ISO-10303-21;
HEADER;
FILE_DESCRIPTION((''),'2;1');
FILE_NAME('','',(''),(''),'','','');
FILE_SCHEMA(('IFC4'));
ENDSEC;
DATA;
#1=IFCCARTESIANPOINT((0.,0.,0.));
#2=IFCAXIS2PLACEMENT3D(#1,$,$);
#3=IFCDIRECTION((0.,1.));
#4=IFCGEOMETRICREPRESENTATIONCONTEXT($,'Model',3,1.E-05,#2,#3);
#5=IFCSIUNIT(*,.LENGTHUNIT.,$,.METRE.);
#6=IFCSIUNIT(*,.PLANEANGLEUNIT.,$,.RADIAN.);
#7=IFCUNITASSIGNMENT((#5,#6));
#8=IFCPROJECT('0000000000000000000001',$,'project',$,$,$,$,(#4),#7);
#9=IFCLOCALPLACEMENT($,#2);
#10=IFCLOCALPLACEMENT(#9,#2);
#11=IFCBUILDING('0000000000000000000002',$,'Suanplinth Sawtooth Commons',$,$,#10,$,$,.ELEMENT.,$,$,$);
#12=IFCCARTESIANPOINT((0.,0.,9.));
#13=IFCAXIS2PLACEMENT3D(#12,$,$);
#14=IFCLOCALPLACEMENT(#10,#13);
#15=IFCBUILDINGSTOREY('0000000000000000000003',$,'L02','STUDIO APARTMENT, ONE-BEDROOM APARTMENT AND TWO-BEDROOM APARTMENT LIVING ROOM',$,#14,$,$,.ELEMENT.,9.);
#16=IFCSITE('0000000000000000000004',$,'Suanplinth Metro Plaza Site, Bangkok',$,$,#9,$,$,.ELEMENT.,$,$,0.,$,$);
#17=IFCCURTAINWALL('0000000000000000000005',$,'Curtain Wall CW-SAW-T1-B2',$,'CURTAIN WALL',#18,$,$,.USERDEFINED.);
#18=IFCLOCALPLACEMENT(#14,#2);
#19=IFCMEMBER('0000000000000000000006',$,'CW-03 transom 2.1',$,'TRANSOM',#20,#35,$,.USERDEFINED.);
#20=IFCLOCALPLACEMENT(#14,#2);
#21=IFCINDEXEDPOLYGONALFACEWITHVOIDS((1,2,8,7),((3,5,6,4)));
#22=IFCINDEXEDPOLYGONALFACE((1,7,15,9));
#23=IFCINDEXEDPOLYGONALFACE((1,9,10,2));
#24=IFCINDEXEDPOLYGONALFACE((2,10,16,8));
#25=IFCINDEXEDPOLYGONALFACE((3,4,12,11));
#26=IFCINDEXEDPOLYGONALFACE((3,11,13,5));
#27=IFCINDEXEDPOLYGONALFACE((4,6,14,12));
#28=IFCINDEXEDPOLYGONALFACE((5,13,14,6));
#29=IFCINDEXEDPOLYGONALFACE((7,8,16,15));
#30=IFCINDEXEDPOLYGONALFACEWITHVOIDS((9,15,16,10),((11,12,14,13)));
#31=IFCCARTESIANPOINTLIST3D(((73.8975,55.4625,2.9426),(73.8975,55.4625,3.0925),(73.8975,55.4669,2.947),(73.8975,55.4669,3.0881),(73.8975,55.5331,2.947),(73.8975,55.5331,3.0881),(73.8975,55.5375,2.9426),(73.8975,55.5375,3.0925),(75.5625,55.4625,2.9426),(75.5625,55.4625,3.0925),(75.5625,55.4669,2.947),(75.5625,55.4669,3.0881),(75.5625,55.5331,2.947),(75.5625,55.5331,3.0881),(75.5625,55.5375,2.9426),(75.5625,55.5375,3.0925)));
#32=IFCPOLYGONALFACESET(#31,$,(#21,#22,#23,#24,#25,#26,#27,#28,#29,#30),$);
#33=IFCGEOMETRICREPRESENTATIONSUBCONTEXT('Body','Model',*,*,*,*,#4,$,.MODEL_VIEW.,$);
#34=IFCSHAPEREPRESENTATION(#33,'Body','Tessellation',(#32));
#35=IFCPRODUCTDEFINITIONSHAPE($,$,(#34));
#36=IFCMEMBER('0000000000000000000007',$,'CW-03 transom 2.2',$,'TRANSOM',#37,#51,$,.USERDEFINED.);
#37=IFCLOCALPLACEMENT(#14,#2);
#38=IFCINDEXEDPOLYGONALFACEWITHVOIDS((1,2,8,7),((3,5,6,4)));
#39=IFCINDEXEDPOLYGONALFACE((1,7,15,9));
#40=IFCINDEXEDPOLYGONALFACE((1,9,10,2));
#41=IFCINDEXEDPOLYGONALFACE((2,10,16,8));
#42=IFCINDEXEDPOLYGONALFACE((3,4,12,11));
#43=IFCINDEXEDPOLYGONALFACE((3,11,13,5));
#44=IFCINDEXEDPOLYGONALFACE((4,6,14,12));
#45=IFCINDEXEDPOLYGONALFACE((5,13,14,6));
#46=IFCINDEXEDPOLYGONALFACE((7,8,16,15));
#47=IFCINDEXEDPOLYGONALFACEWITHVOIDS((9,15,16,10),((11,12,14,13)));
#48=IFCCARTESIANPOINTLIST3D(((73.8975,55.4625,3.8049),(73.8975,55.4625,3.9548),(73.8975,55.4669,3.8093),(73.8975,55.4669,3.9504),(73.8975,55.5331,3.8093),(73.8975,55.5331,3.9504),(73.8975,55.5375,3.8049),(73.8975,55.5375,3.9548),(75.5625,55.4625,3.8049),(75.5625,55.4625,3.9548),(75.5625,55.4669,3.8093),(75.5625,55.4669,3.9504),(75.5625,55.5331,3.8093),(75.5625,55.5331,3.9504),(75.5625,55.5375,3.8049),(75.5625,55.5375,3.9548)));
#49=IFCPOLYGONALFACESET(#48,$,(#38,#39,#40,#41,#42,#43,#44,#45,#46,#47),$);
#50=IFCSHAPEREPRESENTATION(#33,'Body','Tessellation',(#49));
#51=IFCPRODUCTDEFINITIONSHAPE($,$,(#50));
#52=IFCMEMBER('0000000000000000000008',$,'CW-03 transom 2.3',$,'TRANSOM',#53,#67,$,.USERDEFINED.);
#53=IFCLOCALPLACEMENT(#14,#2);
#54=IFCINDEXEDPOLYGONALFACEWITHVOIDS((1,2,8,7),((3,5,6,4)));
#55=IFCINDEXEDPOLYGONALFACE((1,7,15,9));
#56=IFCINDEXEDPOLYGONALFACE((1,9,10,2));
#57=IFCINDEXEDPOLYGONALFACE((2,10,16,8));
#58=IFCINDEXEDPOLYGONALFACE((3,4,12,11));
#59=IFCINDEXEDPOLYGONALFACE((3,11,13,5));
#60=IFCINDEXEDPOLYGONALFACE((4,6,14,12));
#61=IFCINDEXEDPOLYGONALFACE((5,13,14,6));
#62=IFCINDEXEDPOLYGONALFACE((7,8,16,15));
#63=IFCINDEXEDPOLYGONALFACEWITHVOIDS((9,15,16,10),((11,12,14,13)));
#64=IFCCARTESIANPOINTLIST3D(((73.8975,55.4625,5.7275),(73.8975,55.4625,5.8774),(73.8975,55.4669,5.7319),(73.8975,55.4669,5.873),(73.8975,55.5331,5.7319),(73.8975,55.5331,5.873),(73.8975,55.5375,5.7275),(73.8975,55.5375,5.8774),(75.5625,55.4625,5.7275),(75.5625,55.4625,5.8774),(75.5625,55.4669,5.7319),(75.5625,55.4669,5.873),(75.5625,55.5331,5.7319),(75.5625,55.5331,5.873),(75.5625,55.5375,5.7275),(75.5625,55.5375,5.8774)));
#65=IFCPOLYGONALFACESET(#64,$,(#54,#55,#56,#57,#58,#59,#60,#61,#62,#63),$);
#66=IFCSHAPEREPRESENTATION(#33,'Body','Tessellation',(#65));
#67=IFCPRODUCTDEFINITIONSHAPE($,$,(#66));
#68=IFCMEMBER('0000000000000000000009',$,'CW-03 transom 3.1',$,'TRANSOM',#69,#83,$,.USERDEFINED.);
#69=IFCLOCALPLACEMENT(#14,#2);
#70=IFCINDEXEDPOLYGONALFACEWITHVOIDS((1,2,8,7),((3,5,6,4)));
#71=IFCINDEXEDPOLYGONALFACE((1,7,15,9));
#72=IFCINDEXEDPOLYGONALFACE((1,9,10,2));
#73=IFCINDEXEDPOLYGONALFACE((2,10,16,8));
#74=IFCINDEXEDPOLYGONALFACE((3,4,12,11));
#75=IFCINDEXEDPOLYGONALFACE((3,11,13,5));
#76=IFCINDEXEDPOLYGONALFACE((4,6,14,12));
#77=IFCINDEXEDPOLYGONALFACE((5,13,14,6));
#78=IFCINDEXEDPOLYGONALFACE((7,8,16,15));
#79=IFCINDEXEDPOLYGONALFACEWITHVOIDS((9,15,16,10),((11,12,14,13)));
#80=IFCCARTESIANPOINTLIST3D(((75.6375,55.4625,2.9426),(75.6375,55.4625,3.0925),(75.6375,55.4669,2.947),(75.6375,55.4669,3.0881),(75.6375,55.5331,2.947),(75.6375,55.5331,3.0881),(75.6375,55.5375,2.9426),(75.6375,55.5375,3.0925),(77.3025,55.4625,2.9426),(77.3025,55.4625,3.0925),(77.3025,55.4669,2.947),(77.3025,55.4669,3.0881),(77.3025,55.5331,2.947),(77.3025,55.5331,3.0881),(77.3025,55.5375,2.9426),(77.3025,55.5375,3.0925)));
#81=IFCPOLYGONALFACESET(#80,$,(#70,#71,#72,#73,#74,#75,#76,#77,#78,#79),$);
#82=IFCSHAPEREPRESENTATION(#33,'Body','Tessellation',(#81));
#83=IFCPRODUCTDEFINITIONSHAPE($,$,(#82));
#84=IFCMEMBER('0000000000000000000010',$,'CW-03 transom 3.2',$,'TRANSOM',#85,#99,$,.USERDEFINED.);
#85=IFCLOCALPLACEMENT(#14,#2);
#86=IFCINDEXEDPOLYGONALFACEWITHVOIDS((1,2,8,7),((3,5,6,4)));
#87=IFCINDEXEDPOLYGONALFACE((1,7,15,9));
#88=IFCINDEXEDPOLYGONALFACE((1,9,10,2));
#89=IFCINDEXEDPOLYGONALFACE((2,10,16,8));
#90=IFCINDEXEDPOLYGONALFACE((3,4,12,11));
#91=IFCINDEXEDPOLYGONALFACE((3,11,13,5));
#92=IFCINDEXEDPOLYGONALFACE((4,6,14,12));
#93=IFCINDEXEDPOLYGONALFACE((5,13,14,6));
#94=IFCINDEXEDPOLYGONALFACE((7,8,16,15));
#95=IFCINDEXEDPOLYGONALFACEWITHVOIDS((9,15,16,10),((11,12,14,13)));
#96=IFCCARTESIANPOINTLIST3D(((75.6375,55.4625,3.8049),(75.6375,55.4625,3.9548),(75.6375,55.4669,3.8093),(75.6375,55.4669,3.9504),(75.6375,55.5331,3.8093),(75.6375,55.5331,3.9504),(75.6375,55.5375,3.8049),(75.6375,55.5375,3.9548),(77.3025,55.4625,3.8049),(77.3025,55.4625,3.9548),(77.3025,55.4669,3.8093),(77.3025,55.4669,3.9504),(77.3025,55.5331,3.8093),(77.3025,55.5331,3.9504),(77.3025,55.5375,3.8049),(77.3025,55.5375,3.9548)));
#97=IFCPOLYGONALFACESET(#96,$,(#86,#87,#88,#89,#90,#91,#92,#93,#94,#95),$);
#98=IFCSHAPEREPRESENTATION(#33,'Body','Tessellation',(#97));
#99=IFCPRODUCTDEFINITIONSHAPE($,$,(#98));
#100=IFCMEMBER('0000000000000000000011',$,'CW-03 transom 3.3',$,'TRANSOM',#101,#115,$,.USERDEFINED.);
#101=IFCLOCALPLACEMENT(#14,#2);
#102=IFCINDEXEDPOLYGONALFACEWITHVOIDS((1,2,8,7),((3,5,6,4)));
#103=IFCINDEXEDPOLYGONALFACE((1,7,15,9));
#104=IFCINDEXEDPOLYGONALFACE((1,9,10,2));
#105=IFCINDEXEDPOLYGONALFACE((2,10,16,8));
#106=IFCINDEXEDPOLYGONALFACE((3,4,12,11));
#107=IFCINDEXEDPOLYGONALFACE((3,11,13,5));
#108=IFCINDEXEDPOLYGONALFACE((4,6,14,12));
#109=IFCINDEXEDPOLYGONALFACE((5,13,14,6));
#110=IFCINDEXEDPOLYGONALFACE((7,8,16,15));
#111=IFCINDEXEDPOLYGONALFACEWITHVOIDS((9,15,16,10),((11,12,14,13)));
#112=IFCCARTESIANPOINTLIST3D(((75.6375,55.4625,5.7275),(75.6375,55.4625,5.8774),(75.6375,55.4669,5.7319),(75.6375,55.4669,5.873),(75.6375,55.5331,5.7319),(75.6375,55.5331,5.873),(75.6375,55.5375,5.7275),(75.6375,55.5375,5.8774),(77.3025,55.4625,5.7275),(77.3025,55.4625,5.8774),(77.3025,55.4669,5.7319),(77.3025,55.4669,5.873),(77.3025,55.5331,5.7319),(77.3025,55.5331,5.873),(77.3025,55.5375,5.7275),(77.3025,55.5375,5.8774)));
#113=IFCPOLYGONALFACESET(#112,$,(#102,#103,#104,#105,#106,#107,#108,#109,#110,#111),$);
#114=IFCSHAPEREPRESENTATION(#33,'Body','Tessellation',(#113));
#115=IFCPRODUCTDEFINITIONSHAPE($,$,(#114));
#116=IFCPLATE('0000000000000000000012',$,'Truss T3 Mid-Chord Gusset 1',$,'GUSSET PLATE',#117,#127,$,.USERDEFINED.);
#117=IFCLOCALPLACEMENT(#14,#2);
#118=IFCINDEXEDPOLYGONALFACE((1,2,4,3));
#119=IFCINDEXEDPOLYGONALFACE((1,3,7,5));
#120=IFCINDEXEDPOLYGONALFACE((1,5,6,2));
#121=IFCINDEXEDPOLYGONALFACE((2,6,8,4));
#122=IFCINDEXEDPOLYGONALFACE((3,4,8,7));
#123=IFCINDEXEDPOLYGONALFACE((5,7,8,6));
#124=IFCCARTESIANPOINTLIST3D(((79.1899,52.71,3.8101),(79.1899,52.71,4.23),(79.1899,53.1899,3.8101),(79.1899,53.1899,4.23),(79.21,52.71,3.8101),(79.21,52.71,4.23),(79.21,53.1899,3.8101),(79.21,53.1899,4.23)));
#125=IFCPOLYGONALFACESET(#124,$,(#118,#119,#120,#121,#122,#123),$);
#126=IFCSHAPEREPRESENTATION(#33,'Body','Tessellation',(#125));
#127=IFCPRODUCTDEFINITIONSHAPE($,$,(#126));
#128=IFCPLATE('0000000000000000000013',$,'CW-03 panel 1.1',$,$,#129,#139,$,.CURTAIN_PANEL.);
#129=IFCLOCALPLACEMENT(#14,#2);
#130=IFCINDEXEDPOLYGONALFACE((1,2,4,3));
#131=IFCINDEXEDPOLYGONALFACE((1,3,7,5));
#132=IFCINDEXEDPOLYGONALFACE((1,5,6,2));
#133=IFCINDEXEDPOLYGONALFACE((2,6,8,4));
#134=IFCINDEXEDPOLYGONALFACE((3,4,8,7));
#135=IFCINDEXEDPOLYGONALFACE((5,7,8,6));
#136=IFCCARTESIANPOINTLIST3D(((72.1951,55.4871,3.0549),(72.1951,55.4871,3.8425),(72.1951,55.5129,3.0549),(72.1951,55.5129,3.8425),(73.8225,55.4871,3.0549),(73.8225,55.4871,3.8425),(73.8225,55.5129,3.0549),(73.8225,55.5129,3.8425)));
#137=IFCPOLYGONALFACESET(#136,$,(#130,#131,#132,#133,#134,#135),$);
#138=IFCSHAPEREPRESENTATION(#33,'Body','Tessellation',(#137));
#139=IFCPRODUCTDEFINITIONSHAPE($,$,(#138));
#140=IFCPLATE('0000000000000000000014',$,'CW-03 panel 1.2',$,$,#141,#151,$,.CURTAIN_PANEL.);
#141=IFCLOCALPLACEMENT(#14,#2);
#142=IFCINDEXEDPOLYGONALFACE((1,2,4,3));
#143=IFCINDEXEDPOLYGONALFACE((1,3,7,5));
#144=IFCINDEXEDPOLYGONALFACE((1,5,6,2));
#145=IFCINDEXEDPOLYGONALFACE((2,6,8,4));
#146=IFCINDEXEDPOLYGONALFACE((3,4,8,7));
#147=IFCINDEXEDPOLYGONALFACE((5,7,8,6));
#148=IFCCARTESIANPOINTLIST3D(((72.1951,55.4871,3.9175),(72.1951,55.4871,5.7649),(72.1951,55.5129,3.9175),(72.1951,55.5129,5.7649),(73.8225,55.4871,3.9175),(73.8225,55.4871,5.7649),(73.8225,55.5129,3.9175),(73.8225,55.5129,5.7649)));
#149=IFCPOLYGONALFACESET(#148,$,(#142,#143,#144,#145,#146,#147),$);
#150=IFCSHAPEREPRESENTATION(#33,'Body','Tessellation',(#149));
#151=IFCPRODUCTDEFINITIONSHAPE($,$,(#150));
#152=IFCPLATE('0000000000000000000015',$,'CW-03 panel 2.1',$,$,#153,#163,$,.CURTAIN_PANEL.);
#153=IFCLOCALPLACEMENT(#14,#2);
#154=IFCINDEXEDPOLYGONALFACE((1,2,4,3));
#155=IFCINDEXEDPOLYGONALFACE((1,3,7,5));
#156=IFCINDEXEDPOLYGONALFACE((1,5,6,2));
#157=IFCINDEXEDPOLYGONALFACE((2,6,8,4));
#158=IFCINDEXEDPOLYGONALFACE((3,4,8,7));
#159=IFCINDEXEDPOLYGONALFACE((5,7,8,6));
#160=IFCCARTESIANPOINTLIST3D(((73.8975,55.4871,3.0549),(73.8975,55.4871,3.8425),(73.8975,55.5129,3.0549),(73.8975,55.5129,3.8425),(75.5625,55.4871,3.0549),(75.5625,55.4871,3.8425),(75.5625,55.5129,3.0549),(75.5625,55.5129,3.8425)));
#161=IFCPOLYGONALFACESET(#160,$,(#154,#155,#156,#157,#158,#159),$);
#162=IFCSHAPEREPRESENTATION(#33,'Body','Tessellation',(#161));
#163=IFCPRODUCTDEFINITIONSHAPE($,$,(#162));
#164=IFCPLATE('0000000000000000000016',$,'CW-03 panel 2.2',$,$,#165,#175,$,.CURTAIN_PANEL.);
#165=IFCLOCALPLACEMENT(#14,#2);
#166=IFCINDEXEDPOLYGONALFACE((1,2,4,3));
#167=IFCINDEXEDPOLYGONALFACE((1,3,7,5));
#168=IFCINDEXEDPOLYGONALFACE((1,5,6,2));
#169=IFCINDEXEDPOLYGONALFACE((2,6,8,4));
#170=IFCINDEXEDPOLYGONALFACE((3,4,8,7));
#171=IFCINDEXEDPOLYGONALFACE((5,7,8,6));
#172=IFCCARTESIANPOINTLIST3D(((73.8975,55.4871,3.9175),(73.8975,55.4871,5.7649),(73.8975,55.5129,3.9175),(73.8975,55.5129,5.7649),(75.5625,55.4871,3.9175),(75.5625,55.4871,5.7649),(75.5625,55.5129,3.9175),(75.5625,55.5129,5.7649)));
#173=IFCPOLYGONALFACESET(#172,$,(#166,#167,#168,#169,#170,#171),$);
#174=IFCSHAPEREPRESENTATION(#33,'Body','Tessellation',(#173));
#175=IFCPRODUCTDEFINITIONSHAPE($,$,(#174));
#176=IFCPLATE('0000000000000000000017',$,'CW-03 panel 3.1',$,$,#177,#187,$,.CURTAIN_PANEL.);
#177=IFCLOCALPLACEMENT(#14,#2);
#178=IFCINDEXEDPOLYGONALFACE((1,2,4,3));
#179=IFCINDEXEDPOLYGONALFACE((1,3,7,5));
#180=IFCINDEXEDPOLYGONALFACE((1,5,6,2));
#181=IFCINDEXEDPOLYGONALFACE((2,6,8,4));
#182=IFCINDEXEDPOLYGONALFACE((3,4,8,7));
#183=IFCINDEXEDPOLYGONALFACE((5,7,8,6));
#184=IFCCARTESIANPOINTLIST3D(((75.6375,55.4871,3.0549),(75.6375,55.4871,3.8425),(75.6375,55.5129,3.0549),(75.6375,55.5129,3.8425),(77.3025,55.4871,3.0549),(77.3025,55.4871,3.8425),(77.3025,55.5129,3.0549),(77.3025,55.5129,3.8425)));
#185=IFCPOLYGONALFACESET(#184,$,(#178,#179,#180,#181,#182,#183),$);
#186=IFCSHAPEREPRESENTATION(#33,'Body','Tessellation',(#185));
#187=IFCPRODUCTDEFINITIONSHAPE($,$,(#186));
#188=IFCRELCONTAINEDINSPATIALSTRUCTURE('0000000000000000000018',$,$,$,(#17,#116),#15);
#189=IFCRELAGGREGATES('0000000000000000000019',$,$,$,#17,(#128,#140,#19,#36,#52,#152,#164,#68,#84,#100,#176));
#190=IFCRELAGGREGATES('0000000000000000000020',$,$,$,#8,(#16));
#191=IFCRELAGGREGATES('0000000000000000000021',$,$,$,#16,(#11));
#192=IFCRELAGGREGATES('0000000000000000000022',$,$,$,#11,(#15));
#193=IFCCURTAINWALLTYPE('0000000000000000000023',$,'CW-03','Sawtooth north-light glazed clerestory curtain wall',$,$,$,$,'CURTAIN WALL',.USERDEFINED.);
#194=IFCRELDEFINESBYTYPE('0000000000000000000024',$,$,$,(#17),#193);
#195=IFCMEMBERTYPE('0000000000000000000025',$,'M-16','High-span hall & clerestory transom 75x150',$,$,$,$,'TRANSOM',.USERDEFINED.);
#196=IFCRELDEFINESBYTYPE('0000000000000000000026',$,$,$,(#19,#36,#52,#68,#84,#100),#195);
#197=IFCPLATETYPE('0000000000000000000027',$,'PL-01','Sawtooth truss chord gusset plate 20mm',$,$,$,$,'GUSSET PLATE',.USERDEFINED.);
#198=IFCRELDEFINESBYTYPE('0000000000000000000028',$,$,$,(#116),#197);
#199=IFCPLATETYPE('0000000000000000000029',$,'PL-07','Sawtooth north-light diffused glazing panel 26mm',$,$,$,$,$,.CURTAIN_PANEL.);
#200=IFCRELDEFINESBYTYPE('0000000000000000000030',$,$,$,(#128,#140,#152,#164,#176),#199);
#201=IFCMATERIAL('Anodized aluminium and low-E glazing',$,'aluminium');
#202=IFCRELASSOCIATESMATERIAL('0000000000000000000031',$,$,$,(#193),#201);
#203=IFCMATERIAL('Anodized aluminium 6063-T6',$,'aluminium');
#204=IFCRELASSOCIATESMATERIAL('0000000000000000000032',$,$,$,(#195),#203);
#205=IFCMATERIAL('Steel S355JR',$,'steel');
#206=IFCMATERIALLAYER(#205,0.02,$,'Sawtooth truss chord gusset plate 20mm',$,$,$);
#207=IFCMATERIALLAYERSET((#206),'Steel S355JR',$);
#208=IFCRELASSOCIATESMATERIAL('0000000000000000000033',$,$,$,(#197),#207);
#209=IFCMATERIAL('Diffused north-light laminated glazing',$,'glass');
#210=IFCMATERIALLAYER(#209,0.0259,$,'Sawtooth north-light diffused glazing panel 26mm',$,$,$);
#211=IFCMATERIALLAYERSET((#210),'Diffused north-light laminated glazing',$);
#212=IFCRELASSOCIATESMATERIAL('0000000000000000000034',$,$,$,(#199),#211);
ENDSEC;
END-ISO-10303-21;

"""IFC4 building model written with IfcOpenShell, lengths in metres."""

from ifc_helpers import new_model, si_unit, direction, frame, origin, origin_2d, place, context, subcontext, project, spatial, rectangle, hollow_rectangle, extrude, material, layer, layer_set, material_profile, profile_set, type_object, element, aggregate, save


model = new_model("IFC4")

# Units and contexts
model_context = context("Model", 3, precision=1e-05, world=origin(), true_north=direction((0.0, 1.0)))
body_context = subcontext(model_context, "Body", "Model", "MODEL_VIEW")
ifc_project = project(units=[si_unit("LENGTHUNIT", "METRE"), si_unit("PLANEANGLEUNIT", "RADIAN")], contexts=[model_context])

# Site, building, storey
site_placement = place(None, origin())
site = spatial("IfcSite", under=ifc_project, at=site_placement, Name="Suanplinth Metro Plaza Site, Bangkok", CompositionType="ELEMENT", RefElevation=0.0)
building_placement = place(site_placement, origin())
building = spatial("IfcBuilding", under=site, at=building_placement, Name="Suanplinth Sawtooth Commons", CompositionType="ELEMENT")
storey_placement = place(building_placement, frame((0.0, 0.0, 9.0)))
storey = spatial("IfcBuildingStorey", under=building, at=storey_placement, Name="L02", Description="STUDIO APARTMENT, ONE-BEDROOM APARTMENT AND TWO-BEDROOM APARTMENT LIVING ROOM", CompositionType="ELEMENT", Elevation=9.0)

# Shared definitions
ifc_material_1 = material(Name="Steel S355JR", Category="steel")

# Curtain wall, members
ifc_material_2 = material(Name="Anodized aluminium and low-E glazing", Category="aluminium")
curtain_wall_type = type_object("IfcCurtainWallType", Name="CW-03", Description="Sawtooth north-light glazed clerestory curtain wall", ElementType="CURTAIN WALL", PredefinedType="USERDEFINED", material=ifc_material_2)
curtain_wall_placement = place(storey_placement, origin())
curtain_wall = element("IfcCurtainWall", 1, at=curtain_wall_placement, inside=storey, type_object=curtain_wall_type, Name="Curtain Wall CW-SAW-T1-B2", ObjectType="CURTAIN WALL", PredefinedType="USERDEFINED")
ifc_material_3 = material(Name="Anodized aluminium 6063-T6", Category="aluminium")
ifc_material_profile_1 = material_profile(ifc_material_3, hollow_rectangle(XDim=0.075, YDim=0.1499, WallThickness=0.0044, at=origin_2d()), Name="ALU-TRN 75x150")
ifc_profile_set_1 = profile_set([ifc_material_profile_1], Name="Anodized aluminium 6063-T6")
member_type_1 = type_object("IfcMemberType", Name="M-16", Description="High-span hall & clerestory transom 75x150", ElementType="TRANSOM", PredefinedType="USERDEFINED", material=ifc_profile_set_1)
member_1_placement = place(storey_placement, frame((73.8975, 55.5, 3.0176), z_axis=(1.0, 0.0, 0.0), x_axis=(0.0, 1.0, 0.0)))
member_1 = element("IfcMember", 2, at=member_1_placement, type_object=member_type_1, Name="CW-03 transom 2.1", ObjectType="TRANSOM", PredefinedType="USERDEFINED", context=body_context, shape_type="SweptSolid", body=[
    extrude(hollow_rectangle(XDim=0.075, YDim=0.1499, WallThickness=0.0044, at=origin_2d()), origin(), (0.0, 0.0, 1.0), 1.665),
])
member_2_placement = place(storey_placement, frame((73.8975, 55.5, 3.8799), z_axis=(1.0, 0.0, 0.0), x_axis=(0.0, 1.0, 0.0)))
member_2 = element("IfcMember", 3, at=member_2_placement, type_object=member_type_1, Name="CW-03 transom 2.2", ObjectType="TRANSOM", PredefinedType="USERDEFINED", context=body_context, shape_type="SweptSolid", body=[
    extrude(hollow_rectangle(XDim=0.075, YDim=0.1499, WallThickness=0.0044, at=origin_2d()), origin(), (0.0, 0.0, 1.0), 1.665),
])
member_3_placement = place(storey_placement, frame((73.8975, 55.5, 5.8025), z_axis=(1.0, 0.0, 0.0), x_axis=(0.0, 1.0, 0.0)))
member_3 = element("IfcMember", 4, at=member_3_placement, type_object=member_type_1, Name="CW-03 transom 2.3", ObjectType="TRANSOM", PredefinedType="USERDEFINED", context=body_context, shape_type="SweptSolid", body=[
    extrude(hollow_rectangle(XDim=0.075, YDim=0.1499, WallThickness=0.0044, at=origin_2d()), origin(), (0.0, 0.0, 1.0), 1.665),
])
member_4_placement = place(storey_placement, frame((75.6375, 55.5, 3.0176), z_axis=(1.0, 0.0, 0.0), x_axis=(0.0, 1.0, 0.0)))
member_4 = element("IfcMember", 5, at=member_4_placement, type_object=member_type_1, Name="CW-03 transom 3.1", ObjectType="TRANSOM", PredefinedType="USERDEFINED", context=body_context, shape_type="SweptSolid", body=[
    extrude(hollow_rectangle(XDim=0.075, YDim=0.1499, WallThickness=0.0044, at=origin_2d()), origin(), (0.0, 0.0, 1.0), 1.665),
])
member_5_placement = place(storey_placement, frame((75.6375, 55.5, 3.8799), z_axis=(1.0, 0.0, 0.0), x_axis=(0.0, 1.0, 0.0)))
member_5 = element("IfcMember", 6, at=member_5_placement, type_object=member_type_1, Name="CW-03 transom 3.2", ObjectType="TRANSOM", PredefinedType="USERDEFINED", context=body_context, shape_type="SweptSolid", body=[
    extrude(hollow_rectangle(XDim=0.075, YDim=0.1499, WallThickness=0.0044, at=origin_2d()), origin(), (0.0, 0.0, 1.0), 1.665),
])
member_6_placement = place(storey_placement, frame((75.6375, 55.5, 5.8025), z_axis=(1.0, 0.0, 0.0), x_axis=(0.0, 1.0, 0.0)))
member_6 = element("IfcMember", 7, at=member_6_placement, type_object=member_type_1, Name="CW-03 transom 3.3", ObjectType="TRANSOM", PredefinedType="USERDEFINED", context=body_context, shape_type="SweptSolid", body=[
    extrude(hollow_rectangle(XDim=0.075, YDim=0.1499, WallThickness=0.0044, at=origin_2d()), origin(), (0.0, 0.0, 1.0), 1.665),
])

# Plates
ifc_layer_1 = layer(ifc_material_1, 0.02, Name="Sawtooth truss chord gusset plate 20mm")
ifc_layer_set_1 = layer_set([ifc_layer_1], Name="Steel S355JR")
plate_type_1 = type_object("IfcPlateType", Name="PL-01", Description="Sawtooth truss chord gusset plate 20mm", ElementType="GUSSET PLATE", PredefinedType="USERDEFINED", material=ifc_layer_set_1)
plate_1_placement = place(storey_placement, frame((79.2, 52.95, 3.8101), z_axis=(0.0, 0.0, 1.0), x_axis=(1.0, 0.0, 0.0)))
element("IfcPlate", 8, at=plate_1_placement, inside=storey, type_object=plate_type_1, Name="Truss T3 Mid-Chord Gusset 1", ObjectType="GUSSET PLATE", PredefinedType="USERDEFINED", context=body_context, shape_type="SweptSolid", body=[
    extrude(rectangle(XDim=0.02, YDim=0.48, at=origin_2d()), origin(), (0.0, 0.0, 1.0), 0.4199),
])
ifc_material_4 = material(Name="Diffused north-light laminated glazing", Category="glass")
ifc_layer_2 = layer(ifc_material_4, 0.0259, Name="Sawtooth north-light diffused glazing panel 26mm")
ifc_layer_set_2 = layer_set([ifc_layer_2], Name="Diffused north-light laminated glazing")
plate_type_2 = type_object("IfcPlateType", Name="PL-07", Description="Sawtooth north-light diffused glazing panel 26mm", PredefinedType="CURTAIN_PANEL", material=ifc_layer_set_2)
plate_2_placement = place(storey_placement, frame((73.0088, 55.5, 3.0549), z_axis=(0.0, 0.0, 1.0), x_axis=(1.0, 0.0, 0.0)))
plate_2 = element("IfcPlate", 9, at=plate_2_placement, type_object=plate_type_2, Name="CW-03 panel 1.1", PredefinedType="CURTAIN_PANEL", context=body_context, shape_type="SweptSolid", body=[
    extrude(rectangle(XDim=1.6274, YDim=0.0259, at=origin_2d()), origin(), (0.0, 0.0, 1.0), 0.7876),
])
plate_3_placement = place(storey_placement, frame((73.0088, 55.5, 3.9175), z_axis=(0.0, 0.0, 1.0), x_axis=(1.0, 0.0, 0.0)))
plate_3 = element("IfcPlate", 10, at=plate_3_placement, type_object=plate_type_2, Name="CW-03 panel 1.2", PredefinedType="CURTAIN_PANEL", context=body_context, shape_type="SweptSolid", body=[
    extrude(rectangle(XDim=1.6274, YDim=0.0259, at=origin_2d()), origin(), (0.0, 0.0, 1.0), 1.8474),
])
plate_4_placement = place(storey_placement, frame((74.73, 55.5, 3.0549), z_axis=(0.0, 0.0, 1.0), x_axis=(1.0, 0.0, 0.0)))
plate_4 = element("IfcPlate", 11, at=plate_4_placement, type_object=plate_type_2, Name="CW-03 panel 2.1", PredefinedType="CURTAIN_PANEL", context=body_context, shape_type="SweptSolid", body=[
    extrude(rectangle(XDim=1.665, YDim=0.0259, at=origin_2d()), origin(), (0.0, 0.0, 1.0), 0.7876),
])
plate_5_placement = place(storey_placement, frame((74.73, 55.5, 3.9175), z_axis=(0.0, 0.0, 1.0), x_axis=(1.0, 0.0, 0.0)))
plate_5 = element("IfcPlate", 12, at=plate_5_placement, type_object=plate_type_2, Name="CW-03 panel 2.2", PredefinedType="CURTAIN_PANEL", context=body_context, shape_type="SweptSolid", body=[
    extrude(rectangle(XDim=1.665, YDim=0.0259, at=origin_2d()), origin(), (0.0, 0.0, 1.0), 1.8474),
])
plate_6_placement = place(storey_placement, frame((76.47, 55.5, 3.0549), z_axis=(0.0, 0.0, 1.0), x_axis=(1.0, 0.0, 0.0)))
plate_6 = element("IfcPlate", 13, at=plate_6_placement, type_object=plate_type_2, Name="CW-03 panel 3.1", PredefinedType="CURTAIN_PANEL", context=body_context, shape_type="SweptSolid", body=[
    extrude(rectangle(XDim=1.665, YDim=0.0259, at=origin_2d()), origin(), (0.0, 0.0, 1.0), 0.7876),
])
aggregate(curtain_wall, [plate_2, plate_3, member_1, member_2, member_3, plate_4, plate_5, member_4, member_5, member_6, plate_6])

save(model, "model.ifc")
